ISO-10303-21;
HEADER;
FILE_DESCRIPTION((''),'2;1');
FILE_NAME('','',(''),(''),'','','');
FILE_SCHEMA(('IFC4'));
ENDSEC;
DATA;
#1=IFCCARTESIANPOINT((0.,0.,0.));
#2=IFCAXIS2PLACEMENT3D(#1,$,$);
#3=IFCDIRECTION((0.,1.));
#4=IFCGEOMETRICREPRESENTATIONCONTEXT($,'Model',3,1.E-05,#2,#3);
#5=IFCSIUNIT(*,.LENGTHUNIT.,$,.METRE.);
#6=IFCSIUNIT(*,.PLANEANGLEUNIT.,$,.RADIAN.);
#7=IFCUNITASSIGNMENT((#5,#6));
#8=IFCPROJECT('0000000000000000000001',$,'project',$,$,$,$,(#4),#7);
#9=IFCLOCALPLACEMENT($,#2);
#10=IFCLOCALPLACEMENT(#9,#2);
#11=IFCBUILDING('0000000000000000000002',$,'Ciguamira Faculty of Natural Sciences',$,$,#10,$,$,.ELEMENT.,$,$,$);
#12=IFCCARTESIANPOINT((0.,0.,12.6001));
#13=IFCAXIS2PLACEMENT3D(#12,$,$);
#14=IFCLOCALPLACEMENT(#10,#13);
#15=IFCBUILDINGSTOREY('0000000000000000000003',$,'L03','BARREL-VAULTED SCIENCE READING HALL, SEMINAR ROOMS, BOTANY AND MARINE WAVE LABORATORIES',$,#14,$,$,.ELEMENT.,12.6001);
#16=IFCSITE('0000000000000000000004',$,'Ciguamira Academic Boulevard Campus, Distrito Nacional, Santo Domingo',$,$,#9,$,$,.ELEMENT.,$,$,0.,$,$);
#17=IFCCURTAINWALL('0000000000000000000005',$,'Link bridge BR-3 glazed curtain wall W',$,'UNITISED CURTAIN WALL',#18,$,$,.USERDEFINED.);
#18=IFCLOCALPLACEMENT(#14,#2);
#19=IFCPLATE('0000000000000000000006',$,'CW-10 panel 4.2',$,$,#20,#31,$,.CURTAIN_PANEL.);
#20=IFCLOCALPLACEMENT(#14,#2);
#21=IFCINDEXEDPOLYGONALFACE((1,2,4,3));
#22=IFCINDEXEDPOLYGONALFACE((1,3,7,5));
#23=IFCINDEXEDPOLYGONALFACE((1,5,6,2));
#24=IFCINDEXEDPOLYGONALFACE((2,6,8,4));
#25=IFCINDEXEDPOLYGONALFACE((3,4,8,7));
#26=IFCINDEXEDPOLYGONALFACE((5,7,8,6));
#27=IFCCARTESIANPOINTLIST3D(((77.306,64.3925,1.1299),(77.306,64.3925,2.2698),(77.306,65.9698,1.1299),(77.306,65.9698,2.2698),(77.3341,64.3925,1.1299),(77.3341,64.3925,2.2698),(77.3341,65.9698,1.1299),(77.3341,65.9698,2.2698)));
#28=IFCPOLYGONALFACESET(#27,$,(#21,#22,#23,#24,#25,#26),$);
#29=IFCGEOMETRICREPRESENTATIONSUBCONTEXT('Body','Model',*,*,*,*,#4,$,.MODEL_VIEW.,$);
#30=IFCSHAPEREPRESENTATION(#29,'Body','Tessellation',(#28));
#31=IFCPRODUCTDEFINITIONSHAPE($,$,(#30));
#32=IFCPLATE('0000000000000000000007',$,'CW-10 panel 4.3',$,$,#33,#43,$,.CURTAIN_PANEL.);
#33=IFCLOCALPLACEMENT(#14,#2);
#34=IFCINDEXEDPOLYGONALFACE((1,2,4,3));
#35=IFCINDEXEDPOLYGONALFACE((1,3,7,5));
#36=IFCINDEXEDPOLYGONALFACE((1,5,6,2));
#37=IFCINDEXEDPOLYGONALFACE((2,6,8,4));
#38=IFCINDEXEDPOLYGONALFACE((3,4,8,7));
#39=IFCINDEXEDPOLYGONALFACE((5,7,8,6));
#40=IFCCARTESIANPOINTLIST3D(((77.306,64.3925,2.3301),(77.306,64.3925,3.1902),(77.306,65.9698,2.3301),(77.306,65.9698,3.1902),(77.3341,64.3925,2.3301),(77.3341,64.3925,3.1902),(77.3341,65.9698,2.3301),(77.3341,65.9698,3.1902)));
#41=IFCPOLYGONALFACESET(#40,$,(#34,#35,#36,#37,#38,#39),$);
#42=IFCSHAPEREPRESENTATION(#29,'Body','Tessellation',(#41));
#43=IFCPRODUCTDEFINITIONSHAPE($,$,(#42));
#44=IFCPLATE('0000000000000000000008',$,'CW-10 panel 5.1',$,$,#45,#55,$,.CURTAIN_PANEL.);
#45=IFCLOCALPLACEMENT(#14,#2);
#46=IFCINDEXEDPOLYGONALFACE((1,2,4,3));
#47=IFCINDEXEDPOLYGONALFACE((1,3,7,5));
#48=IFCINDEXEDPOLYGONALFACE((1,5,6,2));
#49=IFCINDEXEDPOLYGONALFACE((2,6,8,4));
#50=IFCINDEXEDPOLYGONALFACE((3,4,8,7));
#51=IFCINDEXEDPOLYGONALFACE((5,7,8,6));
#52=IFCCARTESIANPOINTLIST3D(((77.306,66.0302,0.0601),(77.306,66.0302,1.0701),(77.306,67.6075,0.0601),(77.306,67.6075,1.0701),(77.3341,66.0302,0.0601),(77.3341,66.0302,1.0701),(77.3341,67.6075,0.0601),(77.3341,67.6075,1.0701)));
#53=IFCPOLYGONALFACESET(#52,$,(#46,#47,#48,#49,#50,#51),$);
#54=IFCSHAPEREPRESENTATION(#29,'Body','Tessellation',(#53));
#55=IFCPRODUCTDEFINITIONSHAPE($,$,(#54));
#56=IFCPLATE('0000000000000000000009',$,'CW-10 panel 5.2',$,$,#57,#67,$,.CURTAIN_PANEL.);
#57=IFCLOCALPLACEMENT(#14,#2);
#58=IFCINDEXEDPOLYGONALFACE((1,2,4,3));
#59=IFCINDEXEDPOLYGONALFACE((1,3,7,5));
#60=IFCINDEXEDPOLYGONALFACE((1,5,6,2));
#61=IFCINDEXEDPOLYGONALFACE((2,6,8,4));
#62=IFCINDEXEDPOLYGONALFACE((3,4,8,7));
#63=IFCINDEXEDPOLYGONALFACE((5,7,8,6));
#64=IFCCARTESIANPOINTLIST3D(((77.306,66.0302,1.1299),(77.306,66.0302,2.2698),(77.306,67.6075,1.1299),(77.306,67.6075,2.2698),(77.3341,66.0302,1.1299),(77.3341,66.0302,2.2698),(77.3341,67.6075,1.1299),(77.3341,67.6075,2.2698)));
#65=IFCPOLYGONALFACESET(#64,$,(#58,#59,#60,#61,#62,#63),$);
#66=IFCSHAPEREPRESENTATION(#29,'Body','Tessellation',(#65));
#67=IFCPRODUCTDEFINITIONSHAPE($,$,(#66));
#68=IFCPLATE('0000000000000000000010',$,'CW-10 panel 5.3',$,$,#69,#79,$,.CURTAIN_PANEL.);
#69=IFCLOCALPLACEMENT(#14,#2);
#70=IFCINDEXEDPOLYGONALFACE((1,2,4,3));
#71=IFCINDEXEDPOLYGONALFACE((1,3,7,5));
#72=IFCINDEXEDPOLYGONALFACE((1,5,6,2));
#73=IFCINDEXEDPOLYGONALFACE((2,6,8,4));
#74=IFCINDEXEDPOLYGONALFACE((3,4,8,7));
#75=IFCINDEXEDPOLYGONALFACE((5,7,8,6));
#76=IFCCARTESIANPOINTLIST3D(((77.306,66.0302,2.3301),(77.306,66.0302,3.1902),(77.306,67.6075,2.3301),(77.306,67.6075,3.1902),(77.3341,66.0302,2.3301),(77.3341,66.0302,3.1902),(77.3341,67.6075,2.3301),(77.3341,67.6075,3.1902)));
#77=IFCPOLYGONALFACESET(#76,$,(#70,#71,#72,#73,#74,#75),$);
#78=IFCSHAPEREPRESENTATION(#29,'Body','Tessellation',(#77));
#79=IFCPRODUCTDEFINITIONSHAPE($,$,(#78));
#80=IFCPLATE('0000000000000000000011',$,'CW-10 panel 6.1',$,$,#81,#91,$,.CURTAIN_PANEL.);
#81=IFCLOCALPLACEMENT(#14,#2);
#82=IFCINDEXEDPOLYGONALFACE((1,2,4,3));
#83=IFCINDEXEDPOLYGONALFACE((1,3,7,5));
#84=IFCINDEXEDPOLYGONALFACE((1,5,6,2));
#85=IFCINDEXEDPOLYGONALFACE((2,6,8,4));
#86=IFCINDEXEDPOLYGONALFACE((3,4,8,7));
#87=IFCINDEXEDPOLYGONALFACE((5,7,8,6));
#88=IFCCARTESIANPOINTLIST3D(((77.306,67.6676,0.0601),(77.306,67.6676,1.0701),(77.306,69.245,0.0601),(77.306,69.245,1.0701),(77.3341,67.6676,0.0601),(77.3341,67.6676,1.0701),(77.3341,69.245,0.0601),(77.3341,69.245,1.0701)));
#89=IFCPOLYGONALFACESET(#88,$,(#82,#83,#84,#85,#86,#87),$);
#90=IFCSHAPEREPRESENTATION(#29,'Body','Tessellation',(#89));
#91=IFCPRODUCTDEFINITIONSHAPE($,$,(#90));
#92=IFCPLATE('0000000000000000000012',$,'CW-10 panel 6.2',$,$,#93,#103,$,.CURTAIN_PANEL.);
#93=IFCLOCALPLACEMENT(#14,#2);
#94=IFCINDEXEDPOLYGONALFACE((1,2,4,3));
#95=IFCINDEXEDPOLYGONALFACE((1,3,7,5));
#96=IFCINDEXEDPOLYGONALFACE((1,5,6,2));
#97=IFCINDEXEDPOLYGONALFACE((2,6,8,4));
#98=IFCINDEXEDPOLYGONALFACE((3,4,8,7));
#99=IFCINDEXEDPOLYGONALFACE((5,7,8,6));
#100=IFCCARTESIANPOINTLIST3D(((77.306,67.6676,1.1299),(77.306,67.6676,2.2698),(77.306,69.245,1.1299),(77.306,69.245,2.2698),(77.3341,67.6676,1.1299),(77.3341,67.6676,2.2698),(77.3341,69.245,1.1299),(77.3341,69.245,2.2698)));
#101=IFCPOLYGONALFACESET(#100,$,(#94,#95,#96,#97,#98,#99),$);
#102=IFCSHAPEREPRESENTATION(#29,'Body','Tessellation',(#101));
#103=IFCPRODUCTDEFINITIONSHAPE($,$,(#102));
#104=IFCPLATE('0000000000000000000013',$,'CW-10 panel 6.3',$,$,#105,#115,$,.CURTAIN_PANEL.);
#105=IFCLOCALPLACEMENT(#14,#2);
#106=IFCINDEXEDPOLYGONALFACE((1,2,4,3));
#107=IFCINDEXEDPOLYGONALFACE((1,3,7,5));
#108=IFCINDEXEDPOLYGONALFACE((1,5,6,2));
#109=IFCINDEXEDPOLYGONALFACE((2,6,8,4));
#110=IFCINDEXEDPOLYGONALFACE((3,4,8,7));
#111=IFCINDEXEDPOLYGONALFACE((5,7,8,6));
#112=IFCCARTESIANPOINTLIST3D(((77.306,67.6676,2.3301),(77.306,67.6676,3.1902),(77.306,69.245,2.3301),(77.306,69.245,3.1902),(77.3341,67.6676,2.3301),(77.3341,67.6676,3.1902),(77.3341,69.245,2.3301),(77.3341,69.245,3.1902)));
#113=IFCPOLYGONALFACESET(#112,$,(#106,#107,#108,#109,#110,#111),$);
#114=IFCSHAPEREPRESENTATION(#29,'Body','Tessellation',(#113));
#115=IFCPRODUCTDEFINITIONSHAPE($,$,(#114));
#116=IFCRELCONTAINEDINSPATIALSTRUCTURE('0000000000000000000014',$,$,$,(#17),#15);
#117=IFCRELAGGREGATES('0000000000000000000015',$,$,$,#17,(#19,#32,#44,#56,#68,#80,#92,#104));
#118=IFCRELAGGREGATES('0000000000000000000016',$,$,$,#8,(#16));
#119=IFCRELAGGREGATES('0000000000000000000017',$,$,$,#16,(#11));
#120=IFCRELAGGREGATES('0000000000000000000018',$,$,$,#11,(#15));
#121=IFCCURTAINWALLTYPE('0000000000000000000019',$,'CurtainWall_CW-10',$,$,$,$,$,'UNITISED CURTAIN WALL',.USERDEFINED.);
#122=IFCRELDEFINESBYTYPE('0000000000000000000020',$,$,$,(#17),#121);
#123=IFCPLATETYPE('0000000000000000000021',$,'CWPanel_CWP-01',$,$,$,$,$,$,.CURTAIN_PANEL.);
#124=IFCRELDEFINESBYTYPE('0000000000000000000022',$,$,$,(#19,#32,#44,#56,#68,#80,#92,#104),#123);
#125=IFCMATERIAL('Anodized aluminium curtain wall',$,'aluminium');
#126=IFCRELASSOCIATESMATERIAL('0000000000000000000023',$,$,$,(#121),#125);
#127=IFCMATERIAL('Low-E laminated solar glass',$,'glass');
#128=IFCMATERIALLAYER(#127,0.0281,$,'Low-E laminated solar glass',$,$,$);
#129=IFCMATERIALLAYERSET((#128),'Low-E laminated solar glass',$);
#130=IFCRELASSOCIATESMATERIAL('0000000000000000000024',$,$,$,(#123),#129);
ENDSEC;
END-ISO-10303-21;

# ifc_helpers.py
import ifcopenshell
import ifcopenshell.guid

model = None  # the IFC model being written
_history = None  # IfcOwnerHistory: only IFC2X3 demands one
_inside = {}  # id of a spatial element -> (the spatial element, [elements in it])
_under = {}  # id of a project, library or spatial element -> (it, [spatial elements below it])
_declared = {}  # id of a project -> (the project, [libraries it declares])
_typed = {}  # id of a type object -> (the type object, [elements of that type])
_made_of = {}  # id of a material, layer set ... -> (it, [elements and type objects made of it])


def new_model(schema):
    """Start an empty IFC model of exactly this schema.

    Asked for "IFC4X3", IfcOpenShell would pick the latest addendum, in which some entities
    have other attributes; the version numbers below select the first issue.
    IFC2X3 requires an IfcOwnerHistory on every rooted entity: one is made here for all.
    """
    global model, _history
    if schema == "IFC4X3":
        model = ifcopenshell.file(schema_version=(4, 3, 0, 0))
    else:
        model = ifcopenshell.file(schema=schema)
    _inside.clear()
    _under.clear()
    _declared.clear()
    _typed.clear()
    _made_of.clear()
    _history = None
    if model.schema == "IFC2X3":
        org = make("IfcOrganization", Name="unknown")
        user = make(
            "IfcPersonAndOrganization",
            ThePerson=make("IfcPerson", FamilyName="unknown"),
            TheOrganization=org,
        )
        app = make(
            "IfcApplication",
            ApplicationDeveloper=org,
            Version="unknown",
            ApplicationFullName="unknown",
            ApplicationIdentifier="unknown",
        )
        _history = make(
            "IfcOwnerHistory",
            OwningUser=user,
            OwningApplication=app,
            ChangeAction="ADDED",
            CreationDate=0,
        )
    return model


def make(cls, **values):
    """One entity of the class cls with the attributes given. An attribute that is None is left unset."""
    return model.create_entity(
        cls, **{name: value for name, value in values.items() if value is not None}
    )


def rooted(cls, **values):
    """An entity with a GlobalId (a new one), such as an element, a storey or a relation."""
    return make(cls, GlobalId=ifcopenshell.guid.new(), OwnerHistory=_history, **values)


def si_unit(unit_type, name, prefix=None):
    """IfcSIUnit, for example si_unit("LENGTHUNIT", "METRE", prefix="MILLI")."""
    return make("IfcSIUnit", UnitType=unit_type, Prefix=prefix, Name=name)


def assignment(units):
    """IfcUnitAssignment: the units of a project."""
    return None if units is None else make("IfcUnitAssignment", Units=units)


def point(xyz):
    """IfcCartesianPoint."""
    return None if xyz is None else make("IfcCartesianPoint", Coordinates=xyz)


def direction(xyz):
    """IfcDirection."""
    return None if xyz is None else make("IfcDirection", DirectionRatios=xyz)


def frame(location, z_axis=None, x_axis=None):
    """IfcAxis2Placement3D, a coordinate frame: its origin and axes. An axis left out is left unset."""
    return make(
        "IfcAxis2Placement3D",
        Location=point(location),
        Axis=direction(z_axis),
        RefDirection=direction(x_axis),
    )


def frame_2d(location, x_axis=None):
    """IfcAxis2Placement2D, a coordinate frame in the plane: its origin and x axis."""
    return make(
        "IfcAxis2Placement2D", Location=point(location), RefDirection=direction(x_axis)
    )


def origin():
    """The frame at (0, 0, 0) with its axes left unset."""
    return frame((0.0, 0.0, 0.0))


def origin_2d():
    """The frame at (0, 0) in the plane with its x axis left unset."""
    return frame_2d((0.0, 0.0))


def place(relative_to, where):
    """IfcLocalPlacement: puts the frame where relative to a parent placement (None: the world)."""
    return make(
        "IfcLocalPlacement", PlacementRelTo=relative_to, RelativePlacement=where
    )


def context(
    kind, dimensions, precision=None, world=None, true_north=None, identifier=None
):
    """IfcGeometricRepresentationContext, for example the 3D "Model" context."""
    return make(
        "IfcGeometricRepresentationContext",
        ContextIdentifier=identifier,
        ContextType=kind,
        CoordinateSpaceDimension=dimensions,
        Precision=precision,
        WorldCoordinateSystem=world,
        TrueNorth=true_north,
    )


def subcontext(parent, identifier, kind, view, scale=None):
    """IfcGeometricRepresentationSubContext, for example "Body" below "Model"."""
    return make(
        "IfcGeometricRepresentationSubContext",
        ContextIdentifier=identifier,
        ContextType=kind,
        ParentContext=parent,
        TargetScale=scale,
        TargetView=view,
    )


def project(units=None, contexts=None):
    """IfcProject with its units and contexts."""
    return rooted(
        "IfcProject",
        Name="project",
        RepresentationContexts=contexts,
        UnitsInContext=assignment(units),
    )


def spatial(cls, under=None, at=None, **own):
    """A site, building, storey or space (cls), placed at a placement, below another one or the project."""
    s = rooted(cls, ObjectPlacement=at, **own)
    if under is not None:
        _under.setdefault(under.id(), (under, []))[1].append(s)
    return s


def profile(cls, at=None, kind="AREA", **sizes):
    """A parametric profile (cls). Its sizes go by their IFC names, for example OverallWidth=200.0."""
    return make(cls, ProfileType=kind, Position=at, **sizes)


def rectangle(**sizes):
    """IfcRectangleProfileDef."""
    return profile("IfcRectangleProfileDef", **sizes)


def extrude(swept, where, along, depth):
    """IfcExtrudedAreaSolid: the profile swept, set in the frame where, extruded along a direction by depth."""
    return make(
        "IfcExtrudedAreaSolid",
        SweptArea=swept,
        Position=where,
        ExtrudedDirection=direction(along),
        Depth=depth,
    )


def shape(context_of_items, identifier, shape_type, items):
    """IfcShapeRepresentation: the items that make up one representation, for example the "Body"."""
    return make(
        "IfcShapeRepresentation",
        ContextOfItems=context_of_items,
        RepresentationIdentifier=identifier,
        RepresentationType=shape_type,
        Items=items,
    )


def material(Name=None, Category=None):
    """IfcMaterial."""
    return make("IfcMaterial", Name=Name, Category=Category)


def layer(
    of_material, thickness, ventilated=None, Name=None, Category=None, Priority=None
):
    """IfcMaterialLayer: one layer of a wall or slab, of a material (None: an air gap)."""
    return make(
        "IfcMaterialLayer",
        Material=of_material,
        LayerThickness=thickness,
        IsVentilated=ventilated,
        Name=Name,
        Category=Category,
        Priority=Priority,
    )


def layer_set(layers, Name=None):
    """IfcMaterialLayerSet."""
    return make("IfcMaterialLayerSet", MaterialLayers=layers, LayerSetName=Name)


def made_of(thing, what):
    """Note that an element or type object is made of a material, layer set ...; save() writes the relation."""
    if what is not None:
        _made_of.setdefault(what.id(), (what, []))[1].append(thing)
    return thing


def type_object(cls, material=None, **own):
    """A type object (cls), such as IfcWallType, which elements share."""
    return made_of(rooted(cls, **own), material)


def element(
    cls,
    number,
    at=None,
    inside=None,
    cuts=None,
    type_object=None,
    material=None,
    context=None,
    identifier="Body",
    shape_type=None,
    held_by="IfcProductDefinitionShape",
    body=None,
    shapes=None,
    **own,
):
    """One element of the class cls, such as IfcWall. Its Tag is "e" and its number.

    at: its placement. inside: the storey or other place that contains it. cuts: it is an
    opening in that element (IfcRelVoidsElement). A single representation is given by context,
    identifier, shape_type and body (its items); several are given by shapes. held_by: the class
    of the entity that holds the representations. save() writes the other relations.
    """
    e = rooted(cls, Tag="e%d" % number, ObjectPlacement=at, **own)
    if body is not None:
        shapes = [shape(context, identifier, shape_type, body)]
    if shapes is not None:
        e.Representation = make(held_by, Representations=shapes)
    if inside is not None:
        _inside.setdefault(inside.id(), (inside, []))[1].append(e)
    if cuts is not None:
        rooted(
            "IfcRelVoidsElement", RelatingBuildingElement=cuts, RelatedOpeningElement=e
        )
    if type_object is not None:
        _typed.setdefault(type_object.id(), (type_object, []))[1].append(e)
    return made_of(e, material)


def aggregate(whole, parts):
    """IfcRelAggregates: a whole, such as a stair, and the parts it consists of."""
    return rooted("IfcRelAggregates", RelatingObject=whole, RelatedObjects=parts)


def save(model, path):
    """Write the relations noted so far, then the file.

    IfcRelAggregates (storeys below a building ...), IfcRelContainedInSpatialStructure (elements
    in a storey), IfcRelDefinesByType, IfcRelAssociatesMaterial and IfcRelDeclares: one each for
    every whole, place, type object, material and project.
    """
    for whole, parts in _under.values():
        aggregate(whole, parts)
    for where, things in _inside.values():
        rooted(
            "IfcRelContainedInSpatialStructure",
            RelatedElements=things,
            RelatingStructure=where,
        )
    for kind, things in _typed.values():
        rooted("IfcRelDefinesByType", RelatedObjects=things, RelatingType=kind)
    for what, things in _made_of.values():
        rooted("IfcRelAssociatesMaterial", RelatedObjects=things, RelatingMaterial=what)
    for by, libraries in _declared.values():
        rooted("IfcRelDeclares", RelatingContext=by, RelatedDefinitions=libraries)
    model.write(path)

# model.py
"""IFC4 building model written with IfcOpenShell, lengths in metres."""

from ifc_helpers import new_model, si_unit, direction, frame, origin, origin_2d, place, context, subcontext, project, spatial, rectangle, extrude, material, layer, layer_set, type_object, element, aggregate, save


model = new_model("IFC4")

# Units and contexts
model_context = context("Model", 3, precision=1e-05, world=origin(), true_north=direction((0.0, 1.0)))
body_context = subcontext(model_context, "Body", "Model", "MODEL_VIEW")
ifc_project = project(units=[si_unit("LENGTHUNIT", "METRE"), si_unit("PLANEANGLEUNIT", "RADIAN")], contexts=[model_context])

# Site, building, storey
site_placement = place(None, origin())
site = spatial("IfcSite", under=ifc_project, at=site_placement, Name="Ciguamira Academic Boulevard Campus, Distrito Nacional, Santo Domingo", CompositionType="ELEMENT", RefElevation=0.0)
building_placement = place(site_placement, origin())
building = spatial("IfcBuilding", under=site, at=building_placement, Name="Ciguamira Faculty of Natural Sciences", CompositionType="ELEMENT")
storey_placement = place(building_placement, frame((0.0, 0.0, 12.6001)))
storey = spatial("IfcBuildingStorey", under=building, at=storey_placement, Name="L03", Description="BARREL-VAULTED SCIENCE READING HALL, SEMINAR ROOMS, BOTANY AND MARINE WAVE LABORATORIES", CompositionType="ELEMENT", Elevation=12.6001)

# Curtain wall, plates
ifc_material_1 = material(Name="Anodized aluminium curtain wall", Category="aluminium")
curtain_wall_type = type_object("IfcCurtainWallType", Name="CurtainWall_CW-10", ElementType="UNITISED CURTAIN WALL", PredefinedType="USERDEFINED", material=ifc_material_1)
curtain_wall_placement = place(storey_placement, origin())
curtain_wall = element("IfcCurtainWall", 1, at=curtain_wall_placement, inside=storey, type_object=curtain_wall_type, Name="Link bridge BR-3 glazed curtain wall W", ObjectType="UNITISED CURTAIN WALL", PredefinedType="USERDEFINED")
ifc_material_2 = material(Name="Low-E laminated solar glass", Category="glass")
ifc_layer = layer(ifc_material_2, 0.0281, Name="Low-E laminated solar glass")
ifc_layer_set = layer_set([ifc_layer], Name="Low-E laminated solar glass")
plate_type = type_object("IfcPlateType", Name="CWPanel_CWP-01", PredefinedType="CURTAIN_PANEL", material=ifc_layer_set)
plate_1_placement = place(storey_placement, frame((77.3201, 65.1812, 1.1299), z_axis=(0.0, 0.0, 1.0), x_axis=(0.0, 1.0, 0.0)))
plate_1 = element("IfcPlate", 2, at=plate_1_placement, type_object=plate_type, Name="CW-10 panel 4.2", PredefinedType="CURTAIN_PANEL", context=body_context, shape_type="SweptSolid", body=[
    extrude(rectangle(XDim=1.5774, YDim=0.0281, at=origin_2d()), origin(), (0.0, 0.0, 1.0), 1.1399),
])
plate_2_placement = place(storey_placement, frame((77.3201, 65.1812, 2.3301), z_axis=(0.0, 0.0, 1.0), x_axis=(0.0, 1.0, 0.0)))
plate_2 = element("IfcPlate", 3, at=plate_2_placement, type_object=plate_type, Name="CW-10 panel 4.3", PredefinedType="CURTAIN_PANEL", context=body_context, shape_type="SweptSolid", body=[
    extrude(rectangle(XDim=1.5774, YDim=0.0281, at=origin_2d()), origin(), (0.0, 0.0, 1.0), 0.8601),
])
plate_3_placement = place(storey_placement, frame((77.3201, 66.8188, 0.0601), z_axis=(0.0, 0.0, 1.0), x_axis=(0.0, 1.0, 0.0)))
plate_3 = element("IfcPlate", 4, at=plate_3_placement, type_object=plate_type, Name="CW-10 panel 5.1", PredefinedType="CURTAIN_PANEL", context=body_context, shape_type="SweptSolid", body=[
    extrude(rectangle(XDim=1.5774, YDim=0.0281, at=origin_2d()), origin(), (0.0, 0.0, 1.0), 1.01),
])
plate_4_placement = place(storey_placement, frame((77.3201, 66.8188, 1.1299), z_axis=(0.0, 0.0, 1.0), x_axis=(0.0, 1.0, 0.0)))
plate_4 = element("IfcPlate", 5, at=plate_4_placement, type_object=plate_type, Name="CW-10 panel 5.2", PredefinedType="CURTAIN_PANEL", context=body_context, shape_type="SweptSolid", body=[
    extrude(rectangle(XDim=1.5774, YDim=0.0281, at=origin_2d()), origin(), (0.0, 0.0, 1.0), 1.1399),
])
plate_5_placement = place(storey_placement, frame((77.3201, 66.8188, 2.3301), z_axis=(0.0, 0.0, 1.0), x_axis=(0.0, 1.0, 0.0)))
plate_5 = element("IfcPlate", 6, at=plate_5_placement, type_object=plate_type, Name="CW-10 panel 5.3", PredefinedType="CURTAIN_PANEL", context=body_context, shape_type="SweptSolid", body=[
    extrude(rectangle(XDim=1.5774, YDim=0.0281, at=origin_2d()), origin(), (0.0, 0.0, 1.0), 0.8601),
])
plate_6_placement = place(storey_placement, frame((77.3201, 68.4563, 0.0601), z_axis=(0.0, 0.0, 1.0), x_axis=(0.0, 1.0, 0.0)))
plate_6 = element("IfcPlate", 7, at=plate_6_placement, type_object=plate_type, Name="CW-10 panel 6.1", PredefinedType="CURTAIN_PANEL", context=body_context, shape_type="SweptSolid", body=[
    extrude(rectangle(XDim=1.5774, YDim=0.0281, at=origin_2d()), origin(), (0.0, 0.0, 1.0), 1.01),
])
plate_7_placement = place(storey_placement, frame((77.3201, 68.4563, 1.1299), z_axis=(0.0, 0.0, 1.0), x_axis=(0.0, 1.0, 0.0)))
plate_7 = element("IfcPlate", 8, at=plate_7_placement, type_object=plate_type, Name="CW-10 panel 6.2", PredefinedType="CURTAIN_PANEL", context=body_context, shape_type="SweptSolid", body=[
    extrude(rectangle(XDim=1.5774, YDim=0.0281, at=origin_2d()), origin(), (0.0, 0.0, 1.0), 1.1399),
])
plate_8_placement = place(storey_placement, frame((77.3201, 68.4563, 2.3301), z_axis=(0.0, 0.0, 1.0), x_axis=(0.0, 1.0, 0.0)))
plate_8 = element("IfcPlate", 9, at=plate_8_placement, type_object=plate_type, Name="CW-10 panel 6.3", PredefinedType="CURTAIN_PANEL", context=body_context, shape_type="SweptSolid", body=[
    extrude(rectangle(XDim=1.5774, YDim=0.0281, at=origin_2d()), origin(), (0.0, 0.0, 1.0), 0.8601),
])
aggregate(curtain_wall, [plate_1, plate_2, plate_3, plate_4, plate_5, plate_6, plate_7, plate_8])

save(model, "model.ifc")
